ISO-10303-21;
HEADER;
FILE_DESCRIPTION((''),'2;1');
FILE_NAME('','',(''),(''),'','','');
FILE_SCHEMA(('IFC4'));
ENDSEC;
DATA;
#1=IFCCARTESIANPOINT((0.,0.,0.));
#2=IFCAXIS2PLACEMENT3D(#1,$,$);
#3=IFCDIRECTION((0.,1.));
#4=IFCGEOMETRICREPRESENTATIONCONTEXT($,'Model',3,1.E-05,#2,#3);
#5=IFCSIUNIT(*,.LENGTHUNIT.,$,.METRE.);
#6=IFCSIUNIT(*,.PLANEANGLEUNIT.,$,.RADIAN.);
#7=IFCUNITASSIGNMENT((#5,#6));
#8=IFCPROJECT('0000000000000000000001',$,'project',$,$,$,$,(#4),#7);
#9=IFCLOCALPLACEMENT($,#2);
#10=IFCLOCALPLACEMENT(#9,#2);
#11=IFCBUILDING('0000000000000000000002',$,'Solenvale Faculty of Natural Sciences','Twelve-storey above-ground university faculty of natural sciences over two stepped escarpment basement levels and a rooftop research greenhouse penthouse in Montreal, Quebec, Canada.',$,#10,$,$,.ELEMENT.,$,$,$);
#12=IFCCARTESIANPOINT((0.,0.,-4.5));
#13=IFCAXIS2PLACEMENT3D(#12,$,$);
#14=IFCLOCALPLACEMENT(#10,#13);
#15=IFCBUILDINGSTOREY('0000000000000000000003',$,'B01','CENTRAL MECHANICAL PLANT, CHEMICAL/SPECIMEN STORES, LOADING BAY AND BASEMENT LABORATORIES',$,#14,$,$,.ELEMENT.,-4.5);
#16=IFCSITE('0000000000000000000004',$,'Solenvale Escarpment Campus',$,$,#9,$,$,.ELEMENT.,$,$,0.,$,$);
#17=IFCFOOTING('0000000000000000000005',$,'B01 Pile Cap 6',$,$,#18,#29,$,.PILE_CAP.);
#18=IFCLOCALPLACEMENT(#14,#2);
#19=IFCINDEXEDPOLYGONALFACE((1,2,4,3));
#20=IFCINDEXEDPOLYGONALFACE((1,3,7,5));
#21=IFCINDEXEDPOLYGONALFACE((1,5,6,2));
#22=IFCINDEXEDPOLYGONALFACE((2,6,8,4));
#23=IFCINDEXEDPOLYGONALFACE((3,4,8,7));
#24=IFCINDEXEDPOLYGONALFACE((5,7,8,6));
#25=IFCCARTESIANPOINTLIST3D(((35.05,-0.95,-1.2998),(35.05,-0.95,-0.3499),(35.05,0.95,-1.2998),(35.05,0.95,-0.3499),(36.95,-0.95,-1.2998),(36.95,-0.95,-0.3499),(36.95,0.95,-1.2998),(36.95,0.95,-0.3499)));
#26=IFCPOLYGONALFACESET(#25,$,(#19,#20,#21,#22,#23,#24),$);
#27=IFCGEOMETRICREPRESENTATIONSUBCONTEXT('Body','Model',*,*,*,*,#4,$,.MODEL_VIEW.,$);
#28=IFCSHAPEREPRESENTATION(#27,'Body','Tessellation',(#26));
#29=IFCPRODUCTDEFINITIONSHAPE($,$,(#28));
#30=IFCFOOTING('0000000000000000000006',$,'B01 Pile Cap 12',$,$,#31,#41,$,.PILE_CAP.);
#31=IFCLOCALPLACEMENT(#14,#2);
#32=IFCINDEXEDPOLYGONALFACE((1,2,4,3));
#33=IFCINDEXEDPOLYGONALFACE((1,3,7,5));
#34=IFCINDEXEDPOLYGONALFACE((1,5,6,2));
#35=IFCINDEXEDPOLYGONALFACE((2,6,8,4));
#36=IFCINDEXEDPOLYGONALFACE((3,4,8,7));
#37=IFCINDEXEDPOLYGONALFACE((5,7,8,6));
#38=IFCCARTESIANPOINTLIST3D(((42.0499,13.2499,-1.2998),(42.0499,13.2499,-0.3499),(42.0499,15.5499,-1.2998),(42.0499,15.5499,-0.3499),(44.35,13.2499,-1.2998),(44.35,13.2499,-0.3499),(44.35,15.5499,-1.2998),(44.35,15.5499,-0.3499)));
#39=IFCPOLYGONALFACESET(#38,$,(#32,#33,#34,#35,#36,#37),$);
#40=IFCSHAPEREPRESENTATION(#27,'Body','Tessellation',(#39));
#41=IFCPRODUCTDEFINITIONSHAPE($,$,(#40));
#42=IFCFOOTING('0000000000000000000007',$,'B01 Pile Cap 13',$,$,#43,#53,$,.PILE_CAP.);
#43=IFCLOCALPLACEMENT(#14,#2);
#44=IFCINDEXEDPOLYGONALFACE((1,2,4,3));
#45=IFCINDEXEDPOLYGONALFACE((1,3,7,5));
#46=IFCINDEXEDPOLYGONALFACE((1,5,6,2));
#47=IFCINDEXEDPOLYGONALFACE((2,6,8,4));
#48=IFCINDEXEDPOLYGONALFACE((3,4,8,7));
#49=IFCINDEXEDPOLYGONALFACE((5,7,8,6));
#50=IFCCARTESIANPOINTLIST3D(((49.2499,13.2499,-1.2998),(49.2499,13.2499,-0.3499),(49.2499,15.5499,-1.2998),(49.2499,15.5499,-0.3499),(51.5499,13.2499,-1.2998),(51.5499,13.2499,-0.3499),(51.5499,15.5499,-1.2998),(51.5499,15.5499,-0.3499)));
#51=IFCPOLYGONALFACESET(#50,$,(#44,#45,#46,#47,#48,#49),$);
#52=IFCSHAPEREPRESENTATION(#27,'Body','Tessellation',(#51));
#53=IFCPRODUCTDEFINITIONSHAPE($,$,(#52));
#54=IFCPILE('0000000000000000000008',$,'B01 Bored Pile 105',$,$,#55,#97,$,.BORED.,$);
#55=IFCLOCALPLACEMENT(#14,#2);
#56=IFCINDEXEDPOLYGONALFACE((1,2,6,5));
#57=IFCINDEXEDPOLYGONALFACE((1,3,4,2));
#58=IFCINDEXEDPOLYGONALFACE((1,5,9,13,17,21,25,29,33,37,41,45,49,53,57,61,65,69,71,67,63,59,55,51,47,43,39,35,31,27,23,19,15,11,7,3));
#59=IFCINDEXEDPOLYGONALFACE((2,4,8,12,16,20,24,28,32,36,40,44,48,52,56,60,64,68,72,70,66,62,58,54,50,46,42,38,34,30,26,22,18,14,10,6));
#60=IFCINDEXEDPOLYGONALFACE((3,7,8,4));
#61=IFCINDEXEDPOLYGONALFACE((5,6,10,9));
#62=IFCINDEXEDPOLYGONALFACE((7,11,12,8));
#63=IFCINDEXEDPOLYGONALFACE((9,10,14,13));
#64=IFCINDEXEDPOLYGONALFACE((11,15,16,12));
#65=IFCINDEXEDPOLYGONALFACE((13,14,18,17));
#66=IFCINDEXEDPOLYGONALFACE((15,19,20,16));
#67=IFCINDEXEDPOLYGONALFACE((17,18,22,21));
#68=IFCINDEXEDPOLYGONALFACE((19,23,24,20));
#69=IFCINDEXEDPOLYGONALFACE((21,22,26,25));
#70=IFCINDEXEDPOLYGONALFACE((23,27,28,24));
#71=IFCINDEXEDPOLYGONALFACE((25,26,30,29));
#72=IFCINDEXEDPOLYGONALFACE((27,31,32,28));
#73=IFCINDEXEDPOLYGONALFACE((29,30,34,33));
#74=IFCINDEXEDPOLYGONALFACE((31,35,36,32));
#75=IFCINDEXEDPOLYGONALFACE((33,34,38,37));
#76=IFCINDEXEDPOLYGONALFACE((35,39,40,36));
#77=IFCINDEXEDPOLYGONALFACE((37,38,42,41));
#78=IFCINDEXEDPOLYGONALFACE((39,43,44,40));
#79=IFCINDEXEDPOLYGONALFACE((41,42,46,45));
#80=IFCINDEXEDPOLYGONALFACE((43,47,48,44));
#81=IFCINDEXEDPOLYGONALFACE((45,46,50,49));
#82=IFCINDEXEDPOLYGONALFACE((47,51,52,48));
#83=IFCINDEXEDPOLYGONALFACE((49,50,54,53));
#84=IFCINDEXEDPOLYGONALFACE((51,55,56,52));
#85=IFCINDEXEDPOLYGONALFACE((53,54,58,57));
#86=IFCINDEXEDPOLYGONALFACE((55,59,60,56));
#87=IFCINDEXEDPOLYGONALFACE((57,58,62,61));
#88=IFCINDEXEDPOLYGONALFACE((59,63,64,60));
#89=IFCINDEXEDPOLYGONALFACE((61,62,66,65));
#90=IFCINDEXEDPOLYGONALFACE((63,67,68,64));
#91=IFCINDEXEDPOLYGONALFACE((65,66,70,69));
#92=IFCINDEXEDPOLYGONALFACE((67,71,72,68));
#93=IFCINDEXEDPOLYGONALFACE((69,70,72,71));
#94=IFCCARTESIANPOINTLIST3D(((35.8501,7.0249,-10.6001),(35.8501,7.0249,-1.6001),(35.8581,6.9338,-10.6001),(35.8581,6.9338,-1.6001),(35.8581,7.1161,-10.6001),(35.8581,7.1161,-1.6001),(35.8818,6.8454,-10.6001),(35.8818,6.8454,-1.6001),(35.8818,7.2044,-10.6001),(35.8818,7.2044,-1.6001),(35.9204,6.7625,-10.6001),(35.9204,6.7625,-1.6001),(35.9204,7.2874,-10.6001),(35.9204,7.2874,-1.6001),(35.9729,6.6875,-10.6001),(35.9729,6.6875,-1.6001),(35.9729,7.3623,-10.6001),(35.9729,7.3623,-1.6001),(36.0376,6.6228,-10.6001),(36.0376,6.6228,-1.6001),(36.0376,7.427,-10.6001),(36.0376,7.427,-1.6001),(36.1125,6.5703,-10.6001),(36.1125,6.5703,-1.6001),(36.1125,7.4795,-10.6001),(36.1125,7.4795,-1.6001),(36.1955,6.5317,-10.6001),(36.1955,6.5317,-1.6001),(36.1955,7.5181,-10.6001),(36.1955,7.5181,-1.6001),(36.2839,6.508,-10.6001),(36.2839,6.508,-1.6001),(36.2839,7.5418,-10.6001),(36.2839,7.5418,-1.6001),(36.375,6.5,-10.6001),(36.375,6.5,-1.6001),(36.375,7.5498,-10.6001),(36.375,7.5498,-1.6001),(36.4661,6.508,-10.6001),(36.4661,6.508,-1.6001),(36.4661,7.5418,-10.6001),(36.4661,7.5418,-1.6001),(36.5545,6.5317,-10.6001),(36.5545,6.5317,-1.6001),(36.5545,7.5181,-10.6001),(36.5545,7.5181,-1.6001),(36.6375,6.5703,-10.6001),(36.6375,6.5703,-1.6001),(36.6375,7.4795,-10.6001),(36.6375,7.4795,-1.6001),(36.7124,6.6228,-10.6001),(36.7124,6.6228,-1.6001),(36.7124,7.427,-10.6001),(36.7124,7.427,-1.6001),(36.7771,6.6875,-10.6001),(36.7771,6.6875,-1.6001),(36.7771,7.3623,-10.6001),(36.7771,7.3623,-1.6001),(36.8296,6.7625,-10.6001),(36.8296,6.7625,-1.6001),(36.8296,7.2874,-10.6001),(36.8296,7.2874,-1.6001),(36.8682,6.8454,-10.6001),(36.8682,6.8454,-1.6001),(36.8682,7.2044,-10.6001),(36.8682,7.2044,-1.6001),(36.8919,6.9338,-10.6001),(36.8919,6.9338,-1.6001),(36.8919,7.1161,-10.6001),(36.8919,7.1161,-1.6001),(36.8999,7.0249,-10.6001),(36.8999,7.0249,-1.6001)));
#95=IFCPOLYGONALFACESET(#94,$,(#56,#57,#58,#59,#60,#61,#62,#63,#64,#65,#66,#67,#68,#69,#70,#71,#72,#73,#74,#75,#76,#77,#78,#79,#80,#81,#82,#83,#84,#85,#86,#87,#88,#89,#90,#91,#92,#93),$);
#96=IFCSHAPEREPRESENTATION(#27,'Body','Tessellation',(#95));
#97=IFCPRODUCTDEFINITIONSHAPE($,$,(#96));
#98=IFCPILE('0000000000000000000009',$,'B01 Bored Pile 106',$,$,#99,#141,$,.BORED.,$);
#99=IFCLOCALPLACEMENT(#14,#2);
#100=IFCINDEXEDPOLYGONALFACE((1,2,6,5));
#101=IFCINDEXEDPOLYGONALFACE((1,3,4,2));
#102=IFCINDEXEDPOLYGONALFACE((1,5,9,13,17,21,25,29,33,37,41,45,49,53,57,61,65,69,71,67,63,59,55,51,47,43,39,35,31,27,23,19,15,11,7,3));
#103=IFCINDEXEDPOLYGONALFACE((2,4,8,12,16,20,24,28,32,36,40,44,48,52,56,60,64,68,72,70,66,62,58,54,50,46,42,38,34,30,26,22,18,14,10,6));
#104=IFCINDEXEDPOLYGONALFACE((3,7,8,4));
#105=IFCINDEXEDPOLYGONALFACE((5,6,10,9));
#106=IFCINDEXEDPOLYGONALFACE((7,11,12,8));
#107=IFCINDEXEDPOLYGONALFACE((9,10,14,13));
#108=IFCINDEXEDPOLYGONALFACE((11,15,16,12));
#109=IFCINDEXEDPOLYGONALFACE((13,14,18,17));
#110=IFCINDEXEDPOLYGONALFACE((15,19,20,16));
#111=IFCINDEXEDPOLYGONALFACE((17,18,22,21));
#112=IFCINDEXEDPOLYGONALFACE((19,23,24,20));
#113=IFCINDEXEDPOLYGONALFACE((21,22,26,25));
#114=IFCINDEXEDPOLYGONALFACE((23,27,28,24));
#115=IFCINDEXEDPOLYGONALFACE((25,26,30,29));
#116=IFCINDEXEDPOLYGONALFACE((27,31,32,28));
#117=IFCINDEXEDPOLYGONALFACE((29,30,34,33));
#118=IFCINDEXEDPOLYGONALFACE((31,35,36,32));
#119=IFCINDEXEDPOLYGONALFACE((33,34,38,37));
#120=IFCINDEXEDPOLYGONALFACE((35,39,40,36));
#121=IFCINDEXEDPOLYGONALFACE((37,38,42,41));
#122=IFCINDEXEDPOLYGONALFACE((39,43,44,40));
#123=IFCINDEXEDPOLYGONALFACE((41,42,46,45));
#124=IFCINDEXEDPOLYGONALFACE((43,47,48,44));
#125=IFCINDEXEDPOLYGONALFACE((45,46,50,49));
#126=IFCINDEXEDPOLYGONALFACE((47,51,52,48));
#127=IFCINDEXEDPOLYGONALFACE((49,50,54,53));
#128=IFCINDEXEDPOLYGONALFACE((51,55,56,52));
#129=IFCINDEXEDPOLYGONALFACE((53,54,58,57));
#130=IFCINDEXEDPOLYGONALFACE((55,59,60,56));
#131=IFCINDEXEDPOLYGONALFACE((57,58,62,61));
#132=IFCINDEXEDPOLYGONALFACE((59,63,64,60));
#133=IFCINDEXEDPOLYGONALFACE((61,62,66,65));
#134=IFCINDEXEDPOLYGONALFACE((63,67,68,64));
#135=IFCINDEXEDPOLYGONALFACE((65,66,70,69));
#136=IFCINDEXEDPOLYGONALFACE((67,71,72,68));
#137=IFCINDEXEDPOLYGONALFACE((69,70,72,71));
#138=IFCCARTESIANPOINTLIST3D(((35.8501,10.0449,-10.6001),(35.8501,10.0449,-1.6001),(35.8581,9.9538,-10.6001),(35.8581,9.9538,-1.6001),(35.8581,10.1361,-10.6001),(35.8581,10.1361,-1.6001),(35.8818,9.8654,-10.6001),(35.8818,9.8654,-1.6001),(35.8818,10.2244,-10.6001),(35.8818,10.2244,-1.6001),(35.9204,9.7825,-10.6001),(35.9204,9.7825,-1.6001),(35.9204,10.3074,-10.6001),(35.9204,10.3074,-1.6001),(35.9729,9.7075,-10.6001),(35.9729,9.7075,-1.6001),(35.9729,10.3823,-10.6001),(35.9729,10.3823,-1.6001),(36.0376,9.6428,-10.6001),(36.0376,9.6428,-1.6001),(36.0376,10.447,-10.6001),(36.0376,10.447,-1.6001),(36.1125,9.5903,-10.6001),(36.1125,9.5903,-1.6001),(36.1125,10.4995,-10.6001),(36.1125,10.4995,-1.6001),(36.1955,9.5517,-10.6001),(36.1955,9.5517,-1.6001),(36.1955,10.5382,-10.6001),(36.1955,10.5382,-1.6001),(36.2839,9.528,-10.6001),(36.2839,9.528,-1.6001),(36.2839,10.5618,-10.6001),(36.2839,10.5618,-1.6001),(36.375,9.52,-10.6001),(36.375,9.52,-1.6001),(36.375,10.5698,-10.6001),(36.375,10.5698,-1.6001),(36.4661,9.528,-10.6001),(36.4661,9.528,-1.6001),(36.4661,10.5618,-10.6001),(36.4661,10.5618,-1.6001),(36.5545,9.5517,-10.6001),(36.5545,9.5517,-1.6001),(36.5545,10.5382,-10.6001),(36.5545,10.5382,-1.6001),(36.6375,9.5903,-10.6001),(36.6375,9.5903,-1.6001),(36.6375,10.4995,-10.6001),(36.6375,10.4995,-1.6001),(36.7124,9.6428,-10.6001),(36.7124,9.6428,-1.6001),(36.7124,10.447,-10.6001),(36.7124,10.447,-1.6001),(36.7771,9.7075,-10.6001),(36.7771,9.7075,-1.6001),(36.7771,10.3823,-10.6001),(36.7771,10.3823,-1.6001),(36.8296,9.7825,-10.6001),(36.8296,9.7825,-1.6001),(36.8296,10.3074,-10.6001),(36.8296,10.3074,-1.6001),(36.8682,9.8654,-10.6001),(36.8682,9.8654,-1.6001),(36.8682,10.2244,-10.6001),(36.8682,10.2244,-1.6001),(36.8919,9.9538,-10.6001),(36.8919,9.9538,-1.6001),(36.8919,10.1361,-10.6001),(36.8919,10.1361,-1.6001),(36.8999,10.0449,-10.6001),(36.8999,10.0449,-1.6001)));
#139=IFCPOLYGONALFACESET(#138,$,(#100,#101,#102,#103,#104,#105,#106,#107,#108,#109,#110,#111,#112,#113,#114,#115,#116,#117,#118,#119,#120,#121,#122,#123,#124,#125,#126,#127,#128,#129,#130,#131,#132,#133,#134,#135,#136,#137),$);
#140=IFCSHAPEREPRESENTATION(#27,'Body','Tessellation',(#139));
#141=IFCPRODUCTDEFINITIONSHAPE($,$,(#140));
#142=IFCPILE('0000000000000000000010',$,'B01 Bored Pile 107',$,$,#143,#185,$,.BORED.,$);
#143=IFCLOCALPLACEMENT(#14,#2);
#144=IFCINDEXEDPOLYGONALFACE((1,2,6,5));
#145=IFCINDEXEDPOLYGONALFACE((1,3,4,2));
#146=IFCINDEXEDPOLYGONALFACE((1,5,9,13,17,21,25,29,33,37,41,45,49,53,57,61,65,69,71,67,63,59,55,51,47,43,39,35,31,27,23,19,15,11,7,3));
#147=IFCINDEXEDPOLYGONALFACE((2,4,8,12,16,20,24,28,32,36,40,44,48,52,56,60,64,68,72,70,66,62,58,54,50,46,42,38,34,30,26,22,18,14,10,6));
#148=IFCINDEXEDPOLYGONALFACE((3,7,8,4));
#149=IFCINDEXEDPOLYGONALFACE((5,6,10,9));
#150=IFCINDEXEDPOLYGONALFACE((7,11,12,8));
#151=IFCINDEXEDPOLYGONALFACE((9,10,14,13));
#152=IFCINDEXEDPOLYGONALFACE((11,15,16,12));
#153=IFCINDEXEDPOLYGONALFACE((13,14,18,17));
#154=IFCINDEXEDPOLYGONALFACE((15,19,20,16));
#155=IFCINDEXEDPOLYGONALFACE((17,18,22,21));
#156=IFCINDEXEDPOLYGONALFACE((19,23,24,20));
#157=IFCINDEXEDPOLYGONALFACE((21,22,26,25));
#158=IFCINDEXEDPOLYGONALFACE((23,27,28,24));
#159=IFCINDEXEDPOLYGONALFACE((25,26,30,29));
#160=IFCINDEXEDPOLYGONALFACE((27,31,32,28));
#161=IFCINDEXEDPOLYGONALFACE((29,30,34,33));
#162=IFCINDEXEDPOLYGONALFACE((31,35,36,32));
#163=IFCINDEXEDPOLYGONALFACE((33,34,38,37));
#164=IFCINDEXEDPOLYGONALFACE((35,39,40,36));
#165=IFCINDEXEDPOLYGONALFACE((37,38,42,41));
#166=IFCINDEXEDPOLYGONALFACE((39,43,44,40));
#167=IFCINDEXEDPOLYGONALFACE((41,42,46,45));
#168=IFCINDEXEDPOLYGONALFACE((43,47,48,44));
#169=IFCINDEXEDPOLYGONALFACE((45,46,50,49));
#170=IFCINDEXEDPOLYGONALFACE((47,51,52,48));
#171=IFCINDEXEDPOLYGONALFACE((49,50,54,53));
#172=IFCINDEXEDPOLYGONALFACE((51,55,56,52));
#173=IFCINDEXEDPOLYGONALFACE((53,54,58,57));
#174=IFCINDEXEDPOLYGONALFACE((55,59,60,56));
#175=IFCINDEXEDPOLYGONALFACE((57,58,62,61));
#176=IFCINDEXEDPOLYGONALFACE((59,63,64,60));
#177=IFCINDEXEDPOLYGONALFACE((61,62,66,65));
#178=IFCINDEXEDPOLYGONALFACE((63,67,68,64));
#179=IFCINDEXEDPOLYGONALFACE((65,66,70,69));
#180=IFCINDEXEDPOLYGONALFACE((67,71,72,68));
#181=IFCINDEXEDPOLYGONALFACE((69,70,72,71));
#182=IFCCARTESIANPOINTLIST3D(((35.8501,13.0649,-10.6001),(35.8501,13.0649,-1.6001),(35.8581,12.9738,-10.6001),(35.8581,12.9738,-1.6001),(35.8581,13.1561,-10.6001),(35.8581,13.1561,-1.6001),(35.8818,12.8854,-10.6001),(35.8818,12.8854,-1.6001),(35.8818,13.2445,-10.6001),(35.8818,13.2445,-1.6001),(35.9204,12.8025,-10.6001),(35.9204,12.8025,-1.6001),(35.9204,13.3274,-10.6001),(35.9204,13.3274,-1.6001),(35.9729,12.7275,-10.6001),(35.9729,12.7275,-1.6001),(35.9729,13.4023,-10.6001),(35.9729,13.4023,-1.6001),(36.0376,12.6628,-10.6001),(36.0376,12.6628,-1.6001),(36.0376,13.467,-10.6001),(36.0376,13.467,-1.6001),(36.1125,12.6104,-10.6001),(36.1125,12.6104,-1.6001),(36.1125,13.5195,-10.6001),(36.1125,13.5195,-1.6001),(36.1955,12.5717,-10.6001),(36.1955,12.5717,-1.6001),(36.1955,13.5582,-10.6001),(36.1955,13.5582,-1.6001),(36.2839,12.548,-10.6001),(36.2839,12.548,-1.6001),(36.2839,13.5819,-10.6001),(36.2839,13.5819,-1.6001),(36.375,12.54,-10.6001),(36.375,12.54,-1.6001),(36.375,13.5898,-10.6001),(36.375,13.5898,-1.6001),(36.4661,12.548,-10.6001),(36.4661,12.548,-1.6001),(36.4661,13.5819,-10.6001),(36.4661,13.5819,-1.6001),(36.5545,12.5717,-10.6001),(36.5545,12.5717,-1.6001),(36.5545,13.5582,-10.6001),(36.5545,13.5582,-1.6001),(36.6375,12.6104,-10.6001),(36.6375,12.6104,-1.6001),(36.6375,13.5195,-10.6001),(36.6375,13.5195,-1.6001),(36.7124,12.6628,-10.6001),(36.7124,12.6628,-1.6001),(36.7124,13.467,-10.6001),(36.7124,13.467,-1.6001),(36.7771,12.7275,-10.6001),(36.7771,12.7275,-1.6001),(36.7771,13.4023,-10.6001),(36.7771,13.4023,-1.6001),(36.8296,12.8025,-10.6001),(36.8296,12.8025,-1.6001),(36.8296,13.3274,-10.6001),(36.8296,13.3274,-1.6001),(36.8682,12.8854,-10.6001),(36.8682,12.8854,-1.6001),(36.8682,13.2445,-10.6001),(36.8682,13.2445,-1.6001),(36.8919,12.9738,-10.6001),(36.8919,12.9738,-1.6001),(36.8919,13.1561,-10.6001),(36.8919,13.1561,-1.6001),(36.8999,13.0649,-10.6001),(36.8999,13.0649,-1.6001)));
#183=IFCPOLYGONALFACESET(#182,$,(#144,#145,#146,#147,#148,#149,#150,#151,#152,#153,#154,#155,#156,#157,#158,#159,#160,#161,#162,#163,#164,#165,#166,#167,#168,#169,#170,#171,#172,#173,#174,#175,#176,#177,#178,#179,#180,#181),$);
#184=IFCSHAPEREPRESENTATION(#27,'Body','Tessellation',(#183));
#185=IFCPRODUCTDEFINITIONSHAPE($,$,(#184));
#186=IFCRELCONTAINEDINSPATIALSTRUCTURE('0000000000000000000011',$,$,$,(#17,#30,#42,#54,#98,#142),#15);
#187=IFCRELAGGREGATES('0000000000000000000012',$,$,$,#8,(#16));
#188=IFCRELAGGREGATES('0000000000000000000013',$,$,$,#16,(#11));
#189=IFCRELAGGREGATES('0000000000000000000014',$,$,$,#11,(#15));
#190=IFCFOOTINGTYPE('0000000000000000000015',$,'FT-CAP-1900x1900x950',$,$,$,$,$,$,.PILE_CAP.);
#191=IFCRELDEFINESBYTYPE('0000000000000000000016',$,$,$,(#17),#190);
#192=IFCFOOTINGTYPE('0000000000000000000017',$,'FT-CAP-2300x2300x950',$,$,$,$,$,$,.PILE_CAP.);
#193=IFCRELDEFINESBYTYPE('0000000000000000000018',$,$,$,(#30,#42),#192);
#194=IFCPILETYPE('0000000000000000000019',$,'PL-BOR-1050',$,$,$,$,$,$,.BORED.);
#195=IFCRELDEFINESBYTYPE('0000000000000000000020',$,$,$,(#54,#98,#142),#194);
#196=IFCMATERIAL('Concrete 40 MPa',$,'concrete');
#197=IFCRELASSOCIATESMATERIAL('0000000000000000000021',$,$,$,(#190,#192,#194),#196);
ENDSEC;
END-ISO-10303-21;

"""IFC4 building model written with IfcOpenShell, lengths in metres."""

from ifc_helpers import new_model, si_unit, direction, frame, origin, origin_2d, place, context, subcontext, project, spatial, rectangle, circle, extrude, material, material_profile, profile_set, type_object, element, save


model = new_model("IFC4")

# Units and contexts
model_context = context("Model", 3, precision=1e-05, world=origin(), true_north=direction((0.0, 1.0)))
body_context = subcontext(model_context, "Body", "Model", "MODEL_VIEW")
ifc_project = project(units=[si_unit("LENGTHUNIT", "METRE"), si_unit("PLANEANGLEUNIT", "RADIAN")], contexts=[model_context])

# Site, building, storey
site_placement = place(None, origin())
site = spatial("IfcSite", under=ifc_project, at=site_placement, Name="Solenvale Escarpment Campus", CompositionType="ELEMENT", RefElevation=0.0)
building_placement = place(site_placement, origin())
building = spatial("IfcBuilding", under=site, at=building_placement, Name="Solenvale Faculty of Natural Sciences", Description="Twelve-storey above-ground university faculty of natural sciences over two stepped escarpment basement levels and a rooftop research greenhouse penthouse in Montreal, Quebec, Canada.", CompositionType="ELEMENT")
storey_placement = place(building_placement, frame((0.0, 0.0, -4.5)))
storey = spatial("IfcBuildingStorey", under=building, at=storey_placement, Name="B01", Description="CENTRAL MECHANICAL PLANT, CHEMICAL/SPECIMEN STORES, LOADING BAY AND BASEMENT LABORATORIES", CompositionType="ELEMENT", Elevation=-4.5)

# Footings
ifc_material_1 = material(Name="Concrete 40 MPa", Category="concrete")
footing_type_1 = type_object("IfcFootingType", Name="FT-CAP-1900x1900x950", PredefinedType="PILE_CAP", material=ifc_material_1)
footing_placement = place(storey_placement, frame((36.0, 0.0, -1.2998), z_axis=(0.0, 0.0, 1.0), x_axis=(1.0, 0.0, 0.0)))
element("IfcFooting", 1, at=footing_placement, inside=storey, type_object=footing_type_1, Name="B01 Pile Cap 6", PredefinedType="PILE_CAP", context=body_context, shape_type="SweptSolid", body=[
    extrude(rectangle(XDim=1.8999, YDim=1.8999, at=origin_2d()), origin(), (0.0, 0.0, 1.0), 0.95),
])
footing_type_2 = type_object("IfcFootingType", Name="FT-CAP-2300x2300x950", PredefinedType="PILE_CAP", material=ifc_material_1)
for number, where, z_axis, x_axis, name in (
    (2, (43.2, 14.3999, -1.2998), (0.0, 0.0, 1.0), (1.0, 0.0, 0.0), "B01 Pile Cap 12"),
    (3, (50.3999, 14.3999, -1.2998), (0.0, 0.0, 1.0), (1.0, 0.0, 0.0), "B01 Pile Cap 13"),
):
    element("IfcFooting", number, at=place(storey_placement, frame(where, z_axis=z_axis, x_axis=x_axis)), inside=storey, type_object=footing_type_2, Name=name, PredefinedType="PILE_CAP", context=body_context, shape_type="SweptSolid", body=[
        extrude(rectangle(XDim=2.3, YDim=2.3, at=origin_2d()), origin(), (0.0, 0.0, 1.0), 0.95),
    ])

# Piles
ifc_material_profile_1 = material_profile(ifc_material_1, circle(Radius=0.5249, at=origin_2d()), Name="PILE-D1050")
ifc_profile_set_1 = profile_set([ifc_material_profile_1], Name="Concrete 40 MPa")
pile_type_1 = type_object("IfcPileType", Name="PL-BOR-1050", PredefinedType="BORED", material=ifc_profile_set_1)
for number, where, z_axis, x_axis, name in (
    (4, (36.375, 7.0249, -1.6001), (0.0, 0.0, -1.0), (1.0, 0.0, 0.0), "B01 Bored Pile 105"),
    (5, (36.375, 10.0449, -1.6001), (0.0, 0.0, -1.0), (1.0, 0.0, 0.0), "B01 Bored Pile 106"),
    (6, (36.375, 13.0649, -1.6001), (0.0, 0.0, -1.0), (1.0, 0.0, 0.0), "B01 Bored Pile 107"),
):
    element("IfcPile", number, at=place(storey_placement, frame(where, z_axis=z_axis, x_axis=x_axis)), inside=storey, type_object=pile_type_1, Name=name, PredefinedType="BORED", context=body_context, shape_type="SweptSolid", body=[
        extrude(circle(Radius=0.5249, at=origin_2d()), origin(), (0.0, 0.0, 1.0), 9.0),
    ])

save(model, "model.ifc")
